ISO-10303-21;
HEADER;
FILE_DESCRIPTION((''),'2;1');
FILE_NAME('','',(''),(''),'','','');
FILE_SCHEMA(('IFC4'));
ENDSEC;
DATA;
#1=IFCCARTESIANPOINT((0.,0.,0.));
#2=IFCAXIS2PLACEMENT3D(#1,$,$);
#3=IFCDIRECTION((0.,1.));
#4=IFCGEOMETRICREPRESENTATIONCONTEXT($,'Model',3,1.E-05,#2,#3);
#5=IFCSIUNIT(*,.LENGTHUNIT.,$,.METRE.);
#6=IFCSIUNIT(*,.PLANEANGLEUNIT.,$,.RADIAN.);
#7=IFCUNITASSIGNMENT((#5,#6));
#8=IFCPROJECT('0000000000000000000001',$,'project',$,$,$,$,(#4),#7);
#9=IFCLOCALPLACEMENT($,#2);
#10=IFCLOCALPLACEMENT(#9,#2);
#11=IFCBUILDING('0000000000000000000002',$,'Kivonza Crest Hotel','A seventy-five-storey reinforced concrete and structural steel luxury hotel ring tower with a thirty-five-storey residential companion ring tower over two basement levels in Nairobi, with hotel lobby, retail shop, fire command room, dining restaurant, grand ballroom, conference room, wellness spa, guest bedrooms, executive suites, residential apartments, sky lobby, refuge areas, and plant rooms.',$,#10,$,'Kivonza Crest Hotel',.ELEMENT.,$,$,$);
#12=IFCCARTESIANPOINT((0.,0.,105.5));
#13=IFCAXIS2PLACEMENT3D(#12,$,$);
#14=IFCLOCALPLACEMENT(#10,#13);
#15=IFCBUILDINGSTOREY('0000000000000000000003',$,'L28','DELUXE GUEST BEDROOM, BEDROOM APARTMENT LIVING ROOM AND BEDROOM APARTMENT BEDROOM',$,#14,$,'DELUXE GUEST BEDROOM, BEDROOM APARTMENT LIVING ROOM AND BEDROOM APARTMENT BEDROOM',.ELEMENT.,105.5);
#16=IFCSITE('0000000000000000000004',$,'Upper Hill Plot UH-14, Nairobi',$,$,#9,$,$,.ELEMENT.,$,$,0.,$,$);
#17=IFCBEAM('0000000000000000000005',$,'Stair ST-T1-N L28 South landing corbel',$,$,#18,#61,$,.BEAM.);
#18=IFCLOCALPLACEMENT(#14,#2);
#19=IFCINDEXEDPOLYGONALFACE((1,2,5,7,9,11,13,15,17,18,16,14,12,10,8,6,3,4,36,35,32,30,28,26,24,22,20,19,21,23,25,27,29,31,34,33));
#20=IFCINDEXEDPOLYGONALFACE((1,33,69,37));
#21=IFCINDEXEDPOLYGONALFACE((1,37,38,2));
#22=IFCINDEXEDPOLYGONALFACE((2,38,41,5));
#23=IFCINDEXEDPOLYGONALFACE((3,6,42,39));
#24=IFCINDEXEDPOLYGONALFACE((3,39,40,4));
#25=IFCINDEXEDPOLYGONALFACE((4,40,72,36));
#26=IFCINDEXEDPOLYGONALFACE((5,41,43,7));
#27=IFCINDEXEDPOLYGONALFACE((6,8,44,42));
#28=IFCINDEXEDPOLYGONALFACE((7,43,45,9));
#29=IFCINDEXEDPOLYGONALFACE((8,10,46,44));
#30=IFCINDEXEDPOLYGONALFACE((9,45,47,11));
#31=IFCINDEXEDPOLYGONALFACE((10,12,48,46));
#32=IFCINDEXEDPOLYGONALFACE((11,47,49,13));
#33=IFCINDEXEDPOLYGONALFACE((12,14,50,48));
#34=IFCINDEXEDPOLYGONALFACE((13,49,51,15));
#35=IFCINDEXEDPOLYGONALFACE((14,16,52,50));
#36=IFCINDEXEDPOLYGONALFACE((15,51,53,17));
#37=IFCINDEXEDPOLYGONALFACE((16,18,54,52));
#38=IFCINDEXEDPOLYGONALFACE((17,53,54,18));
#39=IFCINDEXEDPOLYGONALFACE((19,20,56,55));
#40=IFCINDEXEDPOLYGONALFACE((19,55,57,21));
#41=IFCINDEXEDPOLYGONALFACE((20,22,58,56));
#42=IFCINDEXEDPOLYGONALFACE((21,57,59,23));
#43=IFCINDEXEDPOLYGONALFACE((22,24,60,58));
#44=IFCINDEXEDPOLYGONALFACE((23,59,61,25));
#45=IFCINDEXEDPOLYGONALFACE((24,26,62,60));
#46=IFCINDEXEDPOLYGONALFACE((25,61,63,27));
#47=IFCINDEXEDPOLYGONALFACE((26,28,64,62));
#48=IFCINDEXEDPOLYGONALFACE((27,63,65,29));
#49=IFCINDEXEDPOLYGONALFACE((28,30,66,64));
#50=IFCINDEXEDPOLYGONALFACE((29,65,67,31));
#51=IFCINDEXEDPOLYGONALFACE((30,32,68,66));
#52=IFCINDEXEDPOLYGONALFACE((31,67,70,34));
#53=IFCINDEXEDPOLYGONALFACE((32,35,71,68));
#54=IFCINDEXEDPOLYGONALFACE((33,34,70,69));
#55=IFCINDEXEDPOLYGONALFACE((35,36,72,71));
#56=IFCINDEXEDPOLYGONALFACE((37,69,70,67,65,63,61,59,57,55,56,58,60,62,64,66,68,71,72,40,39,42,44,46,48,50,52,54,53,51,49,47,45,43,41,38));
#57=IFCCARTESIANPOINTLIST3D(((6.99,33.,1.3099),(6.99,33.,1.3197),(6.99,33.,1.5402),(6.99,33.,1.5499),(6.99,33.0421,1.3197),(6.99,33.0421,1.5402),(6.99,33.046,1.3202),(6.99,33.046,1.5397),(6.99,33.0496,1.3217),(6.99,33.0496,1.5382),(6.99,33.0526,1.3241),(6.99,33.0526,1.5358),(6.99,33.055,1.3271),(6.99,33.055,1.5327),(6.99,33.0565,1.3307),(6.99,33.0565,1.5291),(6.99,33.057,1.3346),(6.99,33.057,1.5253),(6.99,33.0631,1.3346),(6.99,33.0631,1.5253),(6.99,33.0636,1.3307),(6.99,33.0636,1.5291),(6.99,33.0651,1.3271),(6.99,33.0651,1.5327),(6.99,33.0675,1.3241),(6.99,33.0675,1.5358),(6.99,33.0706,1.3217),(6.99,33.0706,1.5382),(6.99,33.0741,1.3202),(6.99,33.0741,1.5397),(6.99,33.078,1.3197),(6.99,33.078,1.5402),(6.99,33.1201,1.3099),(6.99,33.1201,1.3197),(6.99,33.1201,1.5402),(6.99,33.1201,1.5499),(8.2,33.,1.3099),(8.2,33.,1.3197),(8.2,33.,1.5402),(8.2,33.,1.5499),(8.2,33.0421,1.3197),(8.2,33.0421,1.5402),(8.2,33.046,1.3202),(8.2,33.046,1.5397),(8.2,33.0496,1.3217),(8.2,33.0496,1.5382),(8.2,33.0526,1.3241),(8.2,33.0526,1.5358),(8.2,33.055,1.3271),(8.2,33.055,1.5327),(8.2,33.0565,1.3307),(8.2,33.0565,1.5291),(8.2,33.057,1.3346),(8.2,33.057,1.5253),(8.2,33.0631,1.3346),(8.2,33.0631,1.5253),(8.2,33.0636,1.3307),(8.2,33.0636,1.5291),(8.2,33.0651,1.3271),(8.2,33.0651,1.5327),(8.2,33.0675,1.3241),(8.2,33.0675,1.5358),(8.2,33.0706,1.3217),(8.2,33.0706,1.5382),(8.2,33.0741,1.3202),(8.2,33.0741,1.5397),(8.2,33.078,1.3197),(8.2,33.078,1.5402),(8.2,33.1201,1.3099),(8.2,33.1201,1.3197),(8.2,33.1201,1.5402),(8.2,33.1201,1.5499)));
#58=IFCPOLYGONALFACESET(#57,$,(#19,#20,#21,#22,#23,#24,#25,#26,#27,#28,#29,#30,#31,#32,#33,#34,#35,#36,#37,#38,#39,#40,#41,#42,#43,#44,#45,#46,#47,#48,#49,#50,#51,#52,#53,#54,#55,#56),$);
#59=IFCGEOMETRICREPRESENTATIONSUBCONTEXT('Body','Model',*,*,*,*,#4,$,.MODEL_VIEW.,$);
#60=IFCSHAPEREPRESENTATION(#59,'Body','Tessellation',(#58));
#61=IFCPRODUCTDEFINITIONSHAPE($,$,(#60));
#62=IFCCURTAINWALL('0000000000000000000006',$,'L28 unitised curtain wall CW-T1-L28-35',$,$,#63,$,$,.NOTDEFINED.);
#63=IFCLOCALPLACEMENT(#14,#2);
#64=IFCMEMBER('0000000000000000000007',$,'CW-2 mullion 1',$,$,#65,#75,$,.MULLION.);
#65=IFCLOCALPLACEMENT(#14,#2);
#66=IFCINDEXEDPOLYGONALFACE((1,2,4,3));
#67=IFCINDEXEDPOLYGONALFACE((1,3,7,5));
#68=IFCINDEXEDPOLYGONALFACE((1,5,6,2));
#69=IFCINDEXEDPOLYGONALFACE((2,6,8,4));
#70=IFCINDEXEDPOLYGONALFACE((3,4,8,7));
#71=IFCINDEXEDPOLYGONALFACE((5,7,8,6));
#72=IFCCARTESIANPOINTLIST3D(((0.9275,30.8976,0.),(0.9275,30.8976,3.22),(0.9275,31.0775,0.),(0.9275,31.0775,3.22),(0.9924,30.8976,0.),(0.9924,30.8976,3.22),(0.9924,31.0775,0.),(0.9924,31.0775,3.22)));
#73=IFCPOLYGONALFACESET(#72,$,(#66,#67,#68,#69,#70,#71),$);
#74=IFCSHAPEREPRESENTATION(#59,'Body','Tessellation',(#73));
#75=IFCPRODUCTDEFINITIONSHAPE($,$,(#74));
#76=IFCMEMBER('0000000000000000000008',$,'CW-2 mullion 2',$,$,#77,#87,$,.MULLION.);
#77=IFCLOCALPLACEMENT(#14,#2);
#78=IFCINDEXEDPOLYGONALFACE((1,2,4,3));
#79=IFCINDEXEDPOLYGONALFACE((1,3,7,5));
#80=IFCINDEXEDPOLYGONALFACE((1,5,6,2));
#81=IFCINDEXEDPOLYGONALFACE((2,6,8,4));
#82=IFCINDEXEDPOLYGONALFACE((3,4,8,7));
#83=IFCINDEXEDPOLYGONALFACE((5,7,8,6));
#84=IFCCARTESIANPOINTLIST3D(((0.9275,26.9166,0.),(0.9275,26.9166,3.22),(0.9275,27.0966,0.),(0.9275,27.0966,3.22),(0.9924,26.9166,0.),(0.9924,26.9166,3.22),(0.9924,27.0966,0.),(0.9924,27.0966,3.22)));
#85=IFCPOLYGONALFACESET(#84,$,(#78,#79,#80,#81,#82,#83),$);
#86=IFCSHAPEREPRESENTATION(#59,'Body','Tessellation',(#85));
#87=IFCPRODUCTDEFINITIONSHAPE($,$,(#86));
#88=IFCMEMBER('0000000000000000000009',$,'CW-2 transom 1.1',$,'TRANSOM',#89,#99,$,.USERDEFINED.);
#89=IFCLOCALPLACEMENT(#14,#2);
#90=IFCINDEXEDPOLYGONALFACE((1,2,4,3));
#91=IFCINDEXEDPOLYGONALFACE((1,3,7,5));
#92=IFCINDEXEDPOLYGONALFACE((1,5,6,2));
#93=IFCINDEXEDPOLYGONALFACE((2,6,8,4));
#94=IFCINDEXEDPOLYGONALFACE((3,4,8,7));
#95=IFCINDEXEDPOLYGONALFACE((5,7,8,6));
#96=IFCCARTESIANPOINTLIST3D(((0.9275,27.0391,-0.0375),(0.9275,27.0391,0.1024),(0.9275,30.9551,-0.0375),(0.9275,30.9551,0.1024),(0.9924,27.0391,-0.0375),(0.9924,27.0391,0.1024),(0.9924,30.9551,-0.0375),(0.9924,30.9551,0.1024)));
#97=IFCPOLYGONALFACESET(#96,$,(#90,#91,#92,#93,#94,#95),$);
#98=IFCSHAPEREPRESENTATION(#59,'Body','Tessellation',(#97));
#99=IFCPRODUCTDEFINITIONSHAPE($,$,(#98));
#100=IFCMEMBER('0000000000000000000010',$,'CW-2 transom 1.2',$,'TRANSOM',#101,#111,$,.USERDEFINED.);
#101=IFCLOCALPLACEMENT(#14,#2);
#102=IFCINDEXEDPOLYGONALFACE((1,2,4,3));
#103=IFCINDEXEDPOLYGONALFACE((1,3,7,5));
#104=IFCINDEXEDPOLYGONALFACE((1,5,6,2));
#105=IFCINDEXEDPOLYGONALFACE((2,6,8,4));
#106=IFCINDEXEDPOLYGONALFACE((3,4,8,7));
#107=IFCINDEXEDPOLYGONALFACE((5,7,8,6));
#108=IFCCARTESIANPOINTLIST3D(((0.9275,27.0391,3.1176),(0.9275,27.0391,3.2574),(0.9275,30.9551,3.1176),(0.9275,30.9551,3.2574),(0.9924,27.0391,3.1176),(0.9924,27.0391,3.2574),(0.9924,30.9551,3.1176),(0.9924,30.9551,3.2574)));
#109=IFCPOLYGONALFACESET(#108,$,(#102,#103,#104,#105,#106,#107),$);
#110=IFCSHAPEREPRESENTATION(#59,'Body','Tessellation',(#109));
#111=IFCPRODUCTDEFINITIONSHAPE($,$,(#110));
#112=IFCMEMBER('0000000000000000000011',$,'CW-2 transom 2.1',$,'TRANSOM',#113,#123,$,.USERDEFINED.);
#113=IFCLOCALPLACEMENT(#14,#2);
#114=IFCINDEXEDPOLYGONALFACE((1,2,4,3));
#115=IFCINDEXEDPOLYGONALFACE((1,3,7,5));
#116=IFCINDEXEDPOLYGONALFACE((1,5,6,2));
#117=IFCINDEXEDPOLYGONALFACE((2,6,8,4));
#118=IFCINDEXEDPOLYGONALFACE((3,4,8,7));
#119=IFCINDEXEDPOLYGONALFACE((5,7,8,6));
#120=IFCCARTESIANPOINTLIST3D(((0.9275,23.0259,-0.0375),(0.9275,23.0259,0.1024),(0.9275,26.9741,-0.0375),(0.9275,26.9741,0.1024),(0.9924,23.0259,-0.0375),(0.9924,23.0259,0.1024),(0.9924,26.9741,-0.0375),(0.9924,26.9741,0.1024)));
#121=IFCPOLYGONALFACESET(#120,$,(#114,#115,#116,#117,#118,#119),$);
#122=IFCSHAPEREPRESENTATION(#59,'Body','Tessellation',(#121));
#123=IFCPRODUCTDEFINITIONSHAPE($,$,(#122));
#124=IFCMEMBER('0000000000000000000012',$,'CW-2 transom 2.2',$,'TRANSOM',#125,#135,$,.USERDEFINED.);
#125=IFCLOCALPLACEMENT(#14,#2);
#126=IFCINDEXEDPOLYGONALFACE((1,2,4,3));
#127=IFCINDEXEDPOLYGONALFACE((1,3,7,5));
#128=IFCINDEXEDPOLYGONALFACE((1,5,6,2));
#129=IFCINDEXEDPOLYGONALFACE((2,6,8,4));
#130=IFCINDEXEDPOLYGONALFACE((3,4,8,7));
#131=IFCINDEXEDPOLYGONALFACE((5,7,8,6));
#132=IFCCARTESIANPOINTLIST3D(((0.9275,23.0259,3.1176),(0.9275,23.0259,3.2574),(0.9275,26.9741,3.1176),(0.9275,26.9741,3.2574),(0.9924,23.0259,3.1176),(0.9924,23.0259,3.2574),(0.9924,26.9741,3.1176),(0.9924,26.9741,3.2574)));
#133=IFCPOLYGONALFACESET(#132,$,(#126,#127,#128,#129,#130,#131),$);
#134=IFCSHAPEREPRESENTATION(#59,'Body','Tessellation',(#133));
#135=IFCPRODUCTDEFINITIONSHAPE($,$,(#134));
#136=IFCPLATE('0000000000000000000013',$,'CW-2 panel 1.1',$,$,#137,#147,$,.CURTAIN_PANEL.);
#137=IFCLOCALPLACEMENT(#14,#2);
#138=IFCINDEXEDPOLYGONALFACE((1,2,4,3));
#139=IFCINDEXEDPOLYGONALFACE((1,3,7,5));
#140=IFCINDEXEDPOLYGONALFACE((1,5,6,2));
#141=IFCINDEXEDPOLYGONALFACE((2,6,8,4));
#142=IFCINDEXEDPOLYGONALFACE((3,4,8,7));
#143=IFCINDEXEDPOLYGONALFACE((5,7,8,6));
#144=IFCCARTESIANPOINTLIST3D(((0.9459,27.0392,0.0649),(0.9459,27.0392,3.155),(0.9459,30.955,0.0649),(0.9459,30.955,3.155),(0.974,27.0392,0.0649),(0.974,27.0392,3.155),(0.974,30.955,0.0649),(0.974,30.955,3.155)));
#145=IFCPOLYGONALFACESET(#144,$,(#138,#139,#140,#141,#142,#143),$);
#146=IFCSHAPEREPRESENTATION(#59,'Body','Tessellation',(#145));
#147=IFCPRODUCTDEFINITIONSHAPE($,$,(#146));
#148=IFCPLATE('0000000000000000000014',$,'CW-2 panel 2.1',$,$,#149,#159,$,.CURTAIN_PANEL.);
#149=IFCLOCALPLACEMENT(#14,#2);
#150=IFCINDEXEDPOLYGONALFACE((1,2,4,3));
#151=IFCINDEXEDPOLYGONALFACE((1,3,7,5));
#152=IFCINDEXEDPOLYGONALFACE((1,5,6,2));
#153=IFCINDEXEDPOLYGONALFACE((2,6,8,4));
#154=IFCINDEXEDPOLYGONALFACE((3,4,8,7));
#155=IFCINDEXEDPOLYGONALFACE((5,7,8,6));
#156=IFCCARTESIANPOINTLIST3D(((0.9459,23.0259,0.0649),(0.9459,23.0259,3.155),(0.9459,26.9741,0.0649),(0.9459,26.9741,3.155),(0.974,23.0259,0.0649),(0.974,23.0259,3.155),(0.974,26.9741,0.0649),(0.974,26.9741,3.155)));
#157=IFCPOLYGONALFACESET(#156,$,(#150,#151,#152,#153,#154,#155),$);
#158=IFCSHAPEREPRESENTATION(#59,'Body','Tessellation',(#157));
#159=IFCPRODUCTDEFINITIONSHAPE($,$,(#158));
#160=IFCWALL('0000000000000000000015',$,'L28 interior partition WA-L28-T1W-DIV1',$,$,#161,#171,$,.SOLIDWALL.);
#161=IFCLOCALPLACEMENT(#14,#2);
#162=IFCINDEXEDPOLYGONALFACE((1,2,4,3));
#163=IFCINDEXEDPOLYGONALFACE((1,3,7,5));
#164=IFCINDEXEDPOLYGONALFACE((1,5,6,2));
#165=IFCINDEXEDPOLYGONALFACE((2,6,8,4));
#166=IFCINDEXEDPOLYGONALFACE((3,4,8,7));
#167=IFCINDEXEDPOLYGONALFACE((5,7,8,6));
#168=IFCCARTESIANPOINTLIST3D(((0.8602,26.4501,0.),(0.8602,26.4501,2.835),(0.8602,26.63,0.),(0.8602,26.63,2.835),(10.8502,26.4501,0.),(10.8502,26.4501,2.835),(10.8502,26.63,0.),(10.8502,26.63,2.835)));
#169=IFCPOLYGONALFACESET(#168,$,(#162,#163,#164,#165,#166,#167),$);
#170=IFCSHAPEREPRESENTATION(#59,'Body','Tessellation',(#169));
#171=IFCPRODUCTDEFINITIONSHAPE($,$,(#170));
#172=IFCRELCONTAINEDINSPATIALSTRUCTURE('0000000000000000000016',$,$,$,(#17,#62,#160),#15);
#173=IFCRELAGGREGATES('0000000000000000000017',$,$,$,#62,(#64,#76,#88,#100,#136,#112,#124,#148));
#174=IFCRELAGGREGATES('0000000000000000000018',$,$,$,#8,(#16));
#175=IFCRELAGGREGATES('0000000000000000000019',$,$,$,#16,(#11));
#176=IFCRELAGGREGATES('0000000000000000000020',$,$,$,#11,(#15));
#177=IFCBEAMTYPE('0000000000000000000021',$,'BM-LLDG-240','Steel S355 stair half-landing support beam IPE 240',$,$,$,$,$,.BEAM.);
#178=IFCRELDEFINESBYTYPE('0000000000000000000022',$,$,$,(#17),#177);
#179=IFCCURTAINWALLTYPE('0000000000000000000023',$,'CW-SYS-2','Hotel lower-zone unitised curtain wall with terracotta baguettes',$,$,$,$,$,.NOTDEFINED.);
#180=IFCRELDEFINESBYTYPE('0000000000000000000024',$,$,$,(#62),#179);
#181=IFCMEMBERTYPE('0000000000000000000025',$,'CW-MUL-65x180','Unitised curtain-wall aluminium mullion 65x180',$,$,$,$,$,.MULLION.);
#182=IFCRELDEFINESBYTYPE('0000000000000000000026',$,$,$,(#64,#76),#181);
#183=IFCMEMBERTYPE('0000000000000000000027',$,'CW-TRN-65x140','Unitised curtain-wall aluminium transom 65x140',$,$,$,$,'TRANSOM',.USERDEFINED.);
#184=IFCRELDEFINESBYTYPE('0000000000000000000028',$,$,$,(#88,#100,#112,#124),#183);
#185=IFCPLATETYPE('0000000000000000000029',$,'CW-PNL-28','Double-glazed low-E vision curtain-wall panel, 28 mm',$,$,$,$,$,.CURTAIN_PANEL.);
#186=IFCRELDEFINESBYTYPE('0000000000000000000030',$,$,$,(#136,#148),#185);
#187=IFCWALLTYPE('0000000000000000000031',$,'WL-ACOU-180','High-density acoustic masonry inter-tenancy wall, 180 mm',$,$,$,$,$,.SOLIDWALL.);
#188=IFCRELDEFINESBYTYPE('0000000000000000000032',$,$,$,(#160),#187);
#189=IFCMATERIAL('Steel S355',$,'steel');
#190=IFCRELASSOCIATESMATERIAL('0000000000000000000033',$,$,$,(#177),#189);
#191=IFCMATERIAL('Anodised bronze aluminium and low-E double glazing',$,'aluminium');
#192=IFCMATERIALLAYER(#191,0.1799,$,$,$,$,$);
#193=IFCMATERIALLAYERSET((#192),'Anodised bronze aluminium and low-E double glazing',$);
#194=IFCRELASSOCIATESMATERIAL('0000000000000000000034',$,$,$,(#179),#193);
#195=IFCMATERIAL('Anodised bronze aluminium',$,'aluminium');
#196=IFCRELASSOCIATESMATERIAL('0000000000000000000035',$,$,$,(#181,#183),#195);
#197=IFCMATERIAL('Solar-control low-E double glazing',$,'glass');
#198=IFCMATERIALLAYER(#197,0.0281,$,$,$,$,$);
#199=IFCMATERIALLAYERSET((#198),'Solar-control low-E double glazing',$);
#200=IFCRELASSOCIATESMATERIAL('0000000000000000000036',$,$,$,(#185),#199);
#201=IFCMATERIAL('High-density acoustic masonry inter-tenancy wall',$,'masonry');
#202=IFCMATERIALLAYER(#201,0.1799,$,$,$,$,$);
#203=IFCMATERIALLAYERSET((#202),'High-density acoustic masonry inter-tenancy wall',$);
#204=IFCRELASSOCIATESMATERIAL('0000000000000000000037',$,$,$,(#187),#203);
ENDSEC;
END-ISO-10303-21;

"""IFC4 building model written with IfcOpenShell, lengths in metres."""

from ifc_helpers import new_model, si_unit, direction, frame, frame_2d, origin, origin_2d, place, context, subcontext, project, spatial, rectangle, i_section, extrude, material, layer, layer_set, material_profile, profile_set, type_object, element, aggregate, save


model = new_model("IFC4")

# Units and contexts
model_context = context("Model", 3, precision=1e-05, world=origin(), true_north=direction((0.0, 1.0)))
body_context = subcontext(model_context, "Body", "Model", "MODEL_VIEW")
ifc_project = project(units=[si_unit("LENGTHUNIT", "METRE"), si_unit("PLANEANGLEUNIT", "RADIAN")], contexts=[model_context])

# Site, building, storey
site_placement = place(None, origin())
site = spatial("IfcSite", under=ifc_project, at=site_placement, Name="Upper Hill Plot UH-14, Nairobi", CompositionType="ELEMENT", RefElevation=0.0)
building_placement = place(site_placement, origin())
building = spatial("IfcBuilding", under=site, at=building_placement, Name="Kivonza Crest Hotel", Description="A seventy-five-storey reinforced concrete and structural steel luxury hotel ring tower with a thirty-five-storey residential companion ring tower over two basement levels in Nairobi, with hotel lobby, retail shop, fire command room, dining restaurant, grand ballroom, conference room, wellness spa, guest bedrooms, executive suites, residential apartments, sky lobby, refuge areas, and plant rooms.", LongName="Kivonza Crest Hotel", CompositionType="ELEMENT")
storey_placement = place(building_placement, frame((0.0, 0.0, 105.5)))
storey = spatial("IfcBuildingStorey", under=building, at=storey_placement, Name="L28", Description="DELUXE GUEST BEDROOM, BEDROOM APARTMENT LIVING ROOM AND BEDROOM APARTMENT BEDROOM", LongName="DELUXE GUEST BEDROOM, BEDROOM APARTMENT LIVING ROOM AND BEDROOM APARTMENT BEDROOM", CompositionType="ELEMENT", Elevation=105.5)

# Beam
ifc_material_1 = material(Name="Steel S355", Category="steel")
ifc_material_profile_1 = material_profile(ifc_material_1, i_section(OverallWidth=0.1201, OverallDepth=0.24, WebThickness=0.0061, FlangeThickness=0.0098, FilletRadius=0.0149, at=origin_2d()), Name="IPE 240")
ifc_profile_set_1 = profile_set([ifc_material_profile_1], Name="Steel S355")
beam_type_1 = type_object("IfcBeamType", Name="BM-LLDG-240", Description="Steel S355 stair half-landing support beam IPE 240", PredefinedType="BEAM", material=ifc_profile_set_1)
beam_1_placement = place(storey_placement, frame((6.99, 33.0601, 1.4299), z_axis=(1.0, 0.0, 0.0), x_axis=(0.0, 1.0, 0.0)))
element("IfcBeam", 1, at=beam_1_placement, inside=storey, type_object=beam_type_1, Name="Stair ST-T1-N L28 South landing corbel", PredefinedType="BEAM", context=body_context, shape_type="SweptSolid", body=[
    extrude(i_section(OverallWidth=0.1201, OverallDepth=0.24, WebThickness=0.0061, FlangeThickness=0.0098, FilletRadius=0.0149, at=origin_2d()), origin(), (0.0, 0.0, 1.0), 1.21),
])

# Curtain wall, members, plates
ifc_material_2 = material(Name="Anodised bronze aluminium and low-E double glazing", Category="aluminium")
ifc_layer_1 = layer(ifc_material_2, 0.1799)
ifc_layer_set_1 = layer_set([ifc_layer_1], Name="Anodised bronze aluminium and low-E double glazing")
curtain_wall_type = type_object("IfcCurtainWallType", Name="CW-SYS-2", Description="Hotel lower-zone unitised curtain wall with terracotta baguettes", PredefinedType="NOTDEFINED", material=ifc_layer_set_1)
curtain_wall_placement = place(storey_placement, origin())
curtain_wall = element("IfcCurtainWall", 2, at=curtain_wall_placement, inside=storey, type_object=curtain_wall_type, Name="L28 unitised curtain wall CW-T1-L28-35", PredefinedType="NOTDEFINED")
ifc_material_3 = material(Name="Anodised bronze aluminium", Category="aluminium")
ifc_material_profile_2 = material_profile(ifc_material_3, rectangle(XDim=0.0649, YDim=0.1799, at=origin_2d()), Name="CW-M 65x180")
ifc_profile_set_2 = profile_set([ifc_material_profile_2], Name="Anodised bronze aluminium")
member_type_1 = type_object("IfcMemberType", Name="CW-MUL-65x180", Description="Unitised curtain-wall aluminium mullion 65x180", PredefinedType="MULLION", material=ifc_profile_set_2)
member_1_placement = place(storey_placement, frame((0.96, 30.9875, 0.0), z_axis=(0.0, 0.0, 1.0), x_axis=(1.0, 0.0, 0.0)))
member_1 = element("IfcMember", 3, at=member_1_placement, type_object=member_type_1, Name="CW-2 mullion 1", PredefinedType="MULLION", context=body_context, shape_type="SweptSolid", body=[
    extrude(rectangle(XDim=0.0649, YDim=0.1799, at=origin_2d()), origin(), (0.0, 0.0, 1.0), 3.22),
])
member_2_placement = place(storey_placement, frame((0.96, 27.0066, 0.0), z_axis=(0.0, 0.0, 1.0), x_axis=(1.0, 0.0, 0.0)))
member_2 = element("IfcMember", 4, at=member_2_placement, type_object=member_type_1, Name="CW-2 mullion 2", PredefinedType="MULLION", context=body_context, shape_type="SweptSolid", body=[
    extrude(rectangle(XDim=0.0649, YDim=0.1799, at=origin_2d()), origin(), (0.0, 0.0, 1.0), 3.22),
])
ifc_material_profile_3 = material_profile(ifc_material_3, rectangle(XDim=0.0649, YDim=0.1399, at=origin_2d()), Name="CW-T 65x140")
ifc_profile_set_3 = profile_set([ifc_material_profile_3], Name="Anodised bronze aluminium")
member_type_2 = type_object("IfcMemberType", Name="CW-TRN-65x140", Description="Unitised curtain-wall aluminium transom 65x140", ElementType="TRANSOM", PredefinedType="USERDEFINED", material=ifc_profile_set_3)
member_3_placement = place(storey_placement, frame((0.96, 30.9551, 0.0325), z_axis=(0.0, -1.0, 0.0), x_axis=(1.0, 0.0, 0.0)))
member_3 = element("IfcMember", 5, at=member_3_placement, type_object=member_type_2, Name="CW-2 transom 1.1", ObjectType="TRANSOM", PredefinedType="USERDEFINED", context=body_context, shape_type="SweptSolid", body=[
    extrude(rectangle(XDim=0.0649, YDim=0.1399, at=origin_2d()), origin(), (0.0, 0.0, 1.0), 3.916),
])
member_4_placement = place(storey_placement, frame((0.96, 30.9551, 3.1875), z_axis=(0.0, -1.0, 0.0), x_axis=(1.0, 0.0, 0.0)))
member_4 = element("IfcMember", 6, at=member_4_placement, type_object=member_type_2, Name="CW-2 transom 1.2", ObjectType="TRANSOM", PredefinedType="USERDEFINED", context=body_context, shape_type="SweptSolid", body=[
    extrude(rectangle(XDim=0.0649, YDim=0.1399, at=origin_2d()), origin(), (0.0, 0.0, 1.0), 3.916),
])
member_5_placement = place(storey_placement, frame((0.96, 26.9741, 0.0325), z_axis=(0.0, -1.0, 0.0), x_axis=(1.0, 0.0, 0.0)))
member_5 = element("IfcMember", 7, at=member_5_placement, type_object=member_type_2, Name="CW-2 transom 2.1", ObjectType="TRANSOM", PredefinedType="USERDEFINED", context=body_context, shape_type="SweptSolid", body=[
    extrude(rectangle(XDim=0.0649, YDim=0.1399, at=origin_2d()), origin(), (0.0, 0.0, 1.0), 3.9482),
])
member_6_placement = place(storey_placement, frame((0.96, 26.9741, 3.1875), z_axis=(0.0, -1.0, 0.0), x_axis=(1.0, 0.0, 0.0)))
member_6 = element("IfcMember", 8, at=member_6_placement, type_object=member_type_2, Name="CW-2 transom 2.2", ObjectType="TRANSOM", PredefinedType="USERDEFINED", context=body_context, shape_type="SweptSolid", body=[
    extrude(rectangle(XDim=0.0649, YDim=0.1399, at=origin_2d()), origin(), (0.0, 0.0, 1.0), 3.9482),
])
ifc_material_4 = material(Name="Solar-control low-E double glazing", Category="glass")
ifc_layer_2 = layer(ifc_material_4, 0.0281)
ifc_layer_set_2 = layer_set([ifc_layer_2], Name="Solar-control low-E double glazing")
plate_type = type_object("IfcPlateType", Name="CW-PNL-28", Description="Double-glazed low-E vision curtain-wall panel, 28 mm", PredefinedType="CURTAIN_PANEL", material=ifc_layer_set_2)
plate_1_placement = place(storey_placement, frame((0.96, 28.9971, 0.0649), z_axis=(0.0, 0.0, 1.0), x_axis=(0.0, -1.0, 0.0)))
plate_1 = element("IfcPlate", 9, at=plate_1_placement, type_object=plate_type, Name="CW-2 panel 1.1", PredefinedType="CURTAIN_PANEL", context=body_context, shape_type="SweptSolid", body=[
    extrude(rectangle(XDim=3.9158, YDim=0.0281, at=origin_2d()), origin(), (0.0, 0.0, 1.0), 3.0901),
])
plate_2_placement = place(storey_placement, frame((0.96, 25.0, 0.0649), z_axis=(0.0, 0.0, 1.0), x_axis=(0.0, -1.0, 0.0)))
plate_2 = element("IfcPlate", 10, at=plate_2_placement, type_object=plate_type, Name="CW-2 panel 2.1", PredefinedType="CURTAIN_PANEL", context=body_context, shape_type="SweptSolid", body=[
    extrude(rectangle(XDim=3.9482, YDim=0.0281, at=origin_2d()), origin(), (0.0, 0.0, 1.0), 3.0901),
])
aggregate(curtain_wall, [member_1, member_2, member_3, member_4, plate_1, member_5, member_6, plate_2])

# Wall
ifc_material_5 = material(Name="High-density acoustic masonry inter-tenancy wall", Category="masonry")
ifc_layer_3 = layer(ifc_material_5, 0.1799)
ifc_layer_set_3 = layer_set([ifc_layer_3], Name="High-density acoustic masonry inter-tenancy wall")
wall_type_1 = type_object("IfcWallType", Name="WL-ACOU-180", Description="High-density acoustic masonry inter-tenancy wall, 180 mm", PredefinedType="SOLIDWALL", material=ifc_layer_set_3)
wall_1_placement = place(storey_placement, frame((0.8601, 26.54, 0.0), z_axis=(0.0, 0.0, 1.0), x_axis=(1.0, 0.0, 0.0)))
element("IfcWall", 11, at=wall_1_placement, inside=storey, type_object=wall_type_1, Name="L28 interior partition WA-L28-T1W-DIV1", PredefinedType="SOLIDWALL", context=body_context, shape_type="SweptSolid", body=[
    extrude(rectangle(XDim=9.99, YDim=0.1799, at=frame_2d((4.9951, 0.0))), origin(), (0.0, 0.0, 1.0), 2.835),
])

save(model, "model.ifc")
